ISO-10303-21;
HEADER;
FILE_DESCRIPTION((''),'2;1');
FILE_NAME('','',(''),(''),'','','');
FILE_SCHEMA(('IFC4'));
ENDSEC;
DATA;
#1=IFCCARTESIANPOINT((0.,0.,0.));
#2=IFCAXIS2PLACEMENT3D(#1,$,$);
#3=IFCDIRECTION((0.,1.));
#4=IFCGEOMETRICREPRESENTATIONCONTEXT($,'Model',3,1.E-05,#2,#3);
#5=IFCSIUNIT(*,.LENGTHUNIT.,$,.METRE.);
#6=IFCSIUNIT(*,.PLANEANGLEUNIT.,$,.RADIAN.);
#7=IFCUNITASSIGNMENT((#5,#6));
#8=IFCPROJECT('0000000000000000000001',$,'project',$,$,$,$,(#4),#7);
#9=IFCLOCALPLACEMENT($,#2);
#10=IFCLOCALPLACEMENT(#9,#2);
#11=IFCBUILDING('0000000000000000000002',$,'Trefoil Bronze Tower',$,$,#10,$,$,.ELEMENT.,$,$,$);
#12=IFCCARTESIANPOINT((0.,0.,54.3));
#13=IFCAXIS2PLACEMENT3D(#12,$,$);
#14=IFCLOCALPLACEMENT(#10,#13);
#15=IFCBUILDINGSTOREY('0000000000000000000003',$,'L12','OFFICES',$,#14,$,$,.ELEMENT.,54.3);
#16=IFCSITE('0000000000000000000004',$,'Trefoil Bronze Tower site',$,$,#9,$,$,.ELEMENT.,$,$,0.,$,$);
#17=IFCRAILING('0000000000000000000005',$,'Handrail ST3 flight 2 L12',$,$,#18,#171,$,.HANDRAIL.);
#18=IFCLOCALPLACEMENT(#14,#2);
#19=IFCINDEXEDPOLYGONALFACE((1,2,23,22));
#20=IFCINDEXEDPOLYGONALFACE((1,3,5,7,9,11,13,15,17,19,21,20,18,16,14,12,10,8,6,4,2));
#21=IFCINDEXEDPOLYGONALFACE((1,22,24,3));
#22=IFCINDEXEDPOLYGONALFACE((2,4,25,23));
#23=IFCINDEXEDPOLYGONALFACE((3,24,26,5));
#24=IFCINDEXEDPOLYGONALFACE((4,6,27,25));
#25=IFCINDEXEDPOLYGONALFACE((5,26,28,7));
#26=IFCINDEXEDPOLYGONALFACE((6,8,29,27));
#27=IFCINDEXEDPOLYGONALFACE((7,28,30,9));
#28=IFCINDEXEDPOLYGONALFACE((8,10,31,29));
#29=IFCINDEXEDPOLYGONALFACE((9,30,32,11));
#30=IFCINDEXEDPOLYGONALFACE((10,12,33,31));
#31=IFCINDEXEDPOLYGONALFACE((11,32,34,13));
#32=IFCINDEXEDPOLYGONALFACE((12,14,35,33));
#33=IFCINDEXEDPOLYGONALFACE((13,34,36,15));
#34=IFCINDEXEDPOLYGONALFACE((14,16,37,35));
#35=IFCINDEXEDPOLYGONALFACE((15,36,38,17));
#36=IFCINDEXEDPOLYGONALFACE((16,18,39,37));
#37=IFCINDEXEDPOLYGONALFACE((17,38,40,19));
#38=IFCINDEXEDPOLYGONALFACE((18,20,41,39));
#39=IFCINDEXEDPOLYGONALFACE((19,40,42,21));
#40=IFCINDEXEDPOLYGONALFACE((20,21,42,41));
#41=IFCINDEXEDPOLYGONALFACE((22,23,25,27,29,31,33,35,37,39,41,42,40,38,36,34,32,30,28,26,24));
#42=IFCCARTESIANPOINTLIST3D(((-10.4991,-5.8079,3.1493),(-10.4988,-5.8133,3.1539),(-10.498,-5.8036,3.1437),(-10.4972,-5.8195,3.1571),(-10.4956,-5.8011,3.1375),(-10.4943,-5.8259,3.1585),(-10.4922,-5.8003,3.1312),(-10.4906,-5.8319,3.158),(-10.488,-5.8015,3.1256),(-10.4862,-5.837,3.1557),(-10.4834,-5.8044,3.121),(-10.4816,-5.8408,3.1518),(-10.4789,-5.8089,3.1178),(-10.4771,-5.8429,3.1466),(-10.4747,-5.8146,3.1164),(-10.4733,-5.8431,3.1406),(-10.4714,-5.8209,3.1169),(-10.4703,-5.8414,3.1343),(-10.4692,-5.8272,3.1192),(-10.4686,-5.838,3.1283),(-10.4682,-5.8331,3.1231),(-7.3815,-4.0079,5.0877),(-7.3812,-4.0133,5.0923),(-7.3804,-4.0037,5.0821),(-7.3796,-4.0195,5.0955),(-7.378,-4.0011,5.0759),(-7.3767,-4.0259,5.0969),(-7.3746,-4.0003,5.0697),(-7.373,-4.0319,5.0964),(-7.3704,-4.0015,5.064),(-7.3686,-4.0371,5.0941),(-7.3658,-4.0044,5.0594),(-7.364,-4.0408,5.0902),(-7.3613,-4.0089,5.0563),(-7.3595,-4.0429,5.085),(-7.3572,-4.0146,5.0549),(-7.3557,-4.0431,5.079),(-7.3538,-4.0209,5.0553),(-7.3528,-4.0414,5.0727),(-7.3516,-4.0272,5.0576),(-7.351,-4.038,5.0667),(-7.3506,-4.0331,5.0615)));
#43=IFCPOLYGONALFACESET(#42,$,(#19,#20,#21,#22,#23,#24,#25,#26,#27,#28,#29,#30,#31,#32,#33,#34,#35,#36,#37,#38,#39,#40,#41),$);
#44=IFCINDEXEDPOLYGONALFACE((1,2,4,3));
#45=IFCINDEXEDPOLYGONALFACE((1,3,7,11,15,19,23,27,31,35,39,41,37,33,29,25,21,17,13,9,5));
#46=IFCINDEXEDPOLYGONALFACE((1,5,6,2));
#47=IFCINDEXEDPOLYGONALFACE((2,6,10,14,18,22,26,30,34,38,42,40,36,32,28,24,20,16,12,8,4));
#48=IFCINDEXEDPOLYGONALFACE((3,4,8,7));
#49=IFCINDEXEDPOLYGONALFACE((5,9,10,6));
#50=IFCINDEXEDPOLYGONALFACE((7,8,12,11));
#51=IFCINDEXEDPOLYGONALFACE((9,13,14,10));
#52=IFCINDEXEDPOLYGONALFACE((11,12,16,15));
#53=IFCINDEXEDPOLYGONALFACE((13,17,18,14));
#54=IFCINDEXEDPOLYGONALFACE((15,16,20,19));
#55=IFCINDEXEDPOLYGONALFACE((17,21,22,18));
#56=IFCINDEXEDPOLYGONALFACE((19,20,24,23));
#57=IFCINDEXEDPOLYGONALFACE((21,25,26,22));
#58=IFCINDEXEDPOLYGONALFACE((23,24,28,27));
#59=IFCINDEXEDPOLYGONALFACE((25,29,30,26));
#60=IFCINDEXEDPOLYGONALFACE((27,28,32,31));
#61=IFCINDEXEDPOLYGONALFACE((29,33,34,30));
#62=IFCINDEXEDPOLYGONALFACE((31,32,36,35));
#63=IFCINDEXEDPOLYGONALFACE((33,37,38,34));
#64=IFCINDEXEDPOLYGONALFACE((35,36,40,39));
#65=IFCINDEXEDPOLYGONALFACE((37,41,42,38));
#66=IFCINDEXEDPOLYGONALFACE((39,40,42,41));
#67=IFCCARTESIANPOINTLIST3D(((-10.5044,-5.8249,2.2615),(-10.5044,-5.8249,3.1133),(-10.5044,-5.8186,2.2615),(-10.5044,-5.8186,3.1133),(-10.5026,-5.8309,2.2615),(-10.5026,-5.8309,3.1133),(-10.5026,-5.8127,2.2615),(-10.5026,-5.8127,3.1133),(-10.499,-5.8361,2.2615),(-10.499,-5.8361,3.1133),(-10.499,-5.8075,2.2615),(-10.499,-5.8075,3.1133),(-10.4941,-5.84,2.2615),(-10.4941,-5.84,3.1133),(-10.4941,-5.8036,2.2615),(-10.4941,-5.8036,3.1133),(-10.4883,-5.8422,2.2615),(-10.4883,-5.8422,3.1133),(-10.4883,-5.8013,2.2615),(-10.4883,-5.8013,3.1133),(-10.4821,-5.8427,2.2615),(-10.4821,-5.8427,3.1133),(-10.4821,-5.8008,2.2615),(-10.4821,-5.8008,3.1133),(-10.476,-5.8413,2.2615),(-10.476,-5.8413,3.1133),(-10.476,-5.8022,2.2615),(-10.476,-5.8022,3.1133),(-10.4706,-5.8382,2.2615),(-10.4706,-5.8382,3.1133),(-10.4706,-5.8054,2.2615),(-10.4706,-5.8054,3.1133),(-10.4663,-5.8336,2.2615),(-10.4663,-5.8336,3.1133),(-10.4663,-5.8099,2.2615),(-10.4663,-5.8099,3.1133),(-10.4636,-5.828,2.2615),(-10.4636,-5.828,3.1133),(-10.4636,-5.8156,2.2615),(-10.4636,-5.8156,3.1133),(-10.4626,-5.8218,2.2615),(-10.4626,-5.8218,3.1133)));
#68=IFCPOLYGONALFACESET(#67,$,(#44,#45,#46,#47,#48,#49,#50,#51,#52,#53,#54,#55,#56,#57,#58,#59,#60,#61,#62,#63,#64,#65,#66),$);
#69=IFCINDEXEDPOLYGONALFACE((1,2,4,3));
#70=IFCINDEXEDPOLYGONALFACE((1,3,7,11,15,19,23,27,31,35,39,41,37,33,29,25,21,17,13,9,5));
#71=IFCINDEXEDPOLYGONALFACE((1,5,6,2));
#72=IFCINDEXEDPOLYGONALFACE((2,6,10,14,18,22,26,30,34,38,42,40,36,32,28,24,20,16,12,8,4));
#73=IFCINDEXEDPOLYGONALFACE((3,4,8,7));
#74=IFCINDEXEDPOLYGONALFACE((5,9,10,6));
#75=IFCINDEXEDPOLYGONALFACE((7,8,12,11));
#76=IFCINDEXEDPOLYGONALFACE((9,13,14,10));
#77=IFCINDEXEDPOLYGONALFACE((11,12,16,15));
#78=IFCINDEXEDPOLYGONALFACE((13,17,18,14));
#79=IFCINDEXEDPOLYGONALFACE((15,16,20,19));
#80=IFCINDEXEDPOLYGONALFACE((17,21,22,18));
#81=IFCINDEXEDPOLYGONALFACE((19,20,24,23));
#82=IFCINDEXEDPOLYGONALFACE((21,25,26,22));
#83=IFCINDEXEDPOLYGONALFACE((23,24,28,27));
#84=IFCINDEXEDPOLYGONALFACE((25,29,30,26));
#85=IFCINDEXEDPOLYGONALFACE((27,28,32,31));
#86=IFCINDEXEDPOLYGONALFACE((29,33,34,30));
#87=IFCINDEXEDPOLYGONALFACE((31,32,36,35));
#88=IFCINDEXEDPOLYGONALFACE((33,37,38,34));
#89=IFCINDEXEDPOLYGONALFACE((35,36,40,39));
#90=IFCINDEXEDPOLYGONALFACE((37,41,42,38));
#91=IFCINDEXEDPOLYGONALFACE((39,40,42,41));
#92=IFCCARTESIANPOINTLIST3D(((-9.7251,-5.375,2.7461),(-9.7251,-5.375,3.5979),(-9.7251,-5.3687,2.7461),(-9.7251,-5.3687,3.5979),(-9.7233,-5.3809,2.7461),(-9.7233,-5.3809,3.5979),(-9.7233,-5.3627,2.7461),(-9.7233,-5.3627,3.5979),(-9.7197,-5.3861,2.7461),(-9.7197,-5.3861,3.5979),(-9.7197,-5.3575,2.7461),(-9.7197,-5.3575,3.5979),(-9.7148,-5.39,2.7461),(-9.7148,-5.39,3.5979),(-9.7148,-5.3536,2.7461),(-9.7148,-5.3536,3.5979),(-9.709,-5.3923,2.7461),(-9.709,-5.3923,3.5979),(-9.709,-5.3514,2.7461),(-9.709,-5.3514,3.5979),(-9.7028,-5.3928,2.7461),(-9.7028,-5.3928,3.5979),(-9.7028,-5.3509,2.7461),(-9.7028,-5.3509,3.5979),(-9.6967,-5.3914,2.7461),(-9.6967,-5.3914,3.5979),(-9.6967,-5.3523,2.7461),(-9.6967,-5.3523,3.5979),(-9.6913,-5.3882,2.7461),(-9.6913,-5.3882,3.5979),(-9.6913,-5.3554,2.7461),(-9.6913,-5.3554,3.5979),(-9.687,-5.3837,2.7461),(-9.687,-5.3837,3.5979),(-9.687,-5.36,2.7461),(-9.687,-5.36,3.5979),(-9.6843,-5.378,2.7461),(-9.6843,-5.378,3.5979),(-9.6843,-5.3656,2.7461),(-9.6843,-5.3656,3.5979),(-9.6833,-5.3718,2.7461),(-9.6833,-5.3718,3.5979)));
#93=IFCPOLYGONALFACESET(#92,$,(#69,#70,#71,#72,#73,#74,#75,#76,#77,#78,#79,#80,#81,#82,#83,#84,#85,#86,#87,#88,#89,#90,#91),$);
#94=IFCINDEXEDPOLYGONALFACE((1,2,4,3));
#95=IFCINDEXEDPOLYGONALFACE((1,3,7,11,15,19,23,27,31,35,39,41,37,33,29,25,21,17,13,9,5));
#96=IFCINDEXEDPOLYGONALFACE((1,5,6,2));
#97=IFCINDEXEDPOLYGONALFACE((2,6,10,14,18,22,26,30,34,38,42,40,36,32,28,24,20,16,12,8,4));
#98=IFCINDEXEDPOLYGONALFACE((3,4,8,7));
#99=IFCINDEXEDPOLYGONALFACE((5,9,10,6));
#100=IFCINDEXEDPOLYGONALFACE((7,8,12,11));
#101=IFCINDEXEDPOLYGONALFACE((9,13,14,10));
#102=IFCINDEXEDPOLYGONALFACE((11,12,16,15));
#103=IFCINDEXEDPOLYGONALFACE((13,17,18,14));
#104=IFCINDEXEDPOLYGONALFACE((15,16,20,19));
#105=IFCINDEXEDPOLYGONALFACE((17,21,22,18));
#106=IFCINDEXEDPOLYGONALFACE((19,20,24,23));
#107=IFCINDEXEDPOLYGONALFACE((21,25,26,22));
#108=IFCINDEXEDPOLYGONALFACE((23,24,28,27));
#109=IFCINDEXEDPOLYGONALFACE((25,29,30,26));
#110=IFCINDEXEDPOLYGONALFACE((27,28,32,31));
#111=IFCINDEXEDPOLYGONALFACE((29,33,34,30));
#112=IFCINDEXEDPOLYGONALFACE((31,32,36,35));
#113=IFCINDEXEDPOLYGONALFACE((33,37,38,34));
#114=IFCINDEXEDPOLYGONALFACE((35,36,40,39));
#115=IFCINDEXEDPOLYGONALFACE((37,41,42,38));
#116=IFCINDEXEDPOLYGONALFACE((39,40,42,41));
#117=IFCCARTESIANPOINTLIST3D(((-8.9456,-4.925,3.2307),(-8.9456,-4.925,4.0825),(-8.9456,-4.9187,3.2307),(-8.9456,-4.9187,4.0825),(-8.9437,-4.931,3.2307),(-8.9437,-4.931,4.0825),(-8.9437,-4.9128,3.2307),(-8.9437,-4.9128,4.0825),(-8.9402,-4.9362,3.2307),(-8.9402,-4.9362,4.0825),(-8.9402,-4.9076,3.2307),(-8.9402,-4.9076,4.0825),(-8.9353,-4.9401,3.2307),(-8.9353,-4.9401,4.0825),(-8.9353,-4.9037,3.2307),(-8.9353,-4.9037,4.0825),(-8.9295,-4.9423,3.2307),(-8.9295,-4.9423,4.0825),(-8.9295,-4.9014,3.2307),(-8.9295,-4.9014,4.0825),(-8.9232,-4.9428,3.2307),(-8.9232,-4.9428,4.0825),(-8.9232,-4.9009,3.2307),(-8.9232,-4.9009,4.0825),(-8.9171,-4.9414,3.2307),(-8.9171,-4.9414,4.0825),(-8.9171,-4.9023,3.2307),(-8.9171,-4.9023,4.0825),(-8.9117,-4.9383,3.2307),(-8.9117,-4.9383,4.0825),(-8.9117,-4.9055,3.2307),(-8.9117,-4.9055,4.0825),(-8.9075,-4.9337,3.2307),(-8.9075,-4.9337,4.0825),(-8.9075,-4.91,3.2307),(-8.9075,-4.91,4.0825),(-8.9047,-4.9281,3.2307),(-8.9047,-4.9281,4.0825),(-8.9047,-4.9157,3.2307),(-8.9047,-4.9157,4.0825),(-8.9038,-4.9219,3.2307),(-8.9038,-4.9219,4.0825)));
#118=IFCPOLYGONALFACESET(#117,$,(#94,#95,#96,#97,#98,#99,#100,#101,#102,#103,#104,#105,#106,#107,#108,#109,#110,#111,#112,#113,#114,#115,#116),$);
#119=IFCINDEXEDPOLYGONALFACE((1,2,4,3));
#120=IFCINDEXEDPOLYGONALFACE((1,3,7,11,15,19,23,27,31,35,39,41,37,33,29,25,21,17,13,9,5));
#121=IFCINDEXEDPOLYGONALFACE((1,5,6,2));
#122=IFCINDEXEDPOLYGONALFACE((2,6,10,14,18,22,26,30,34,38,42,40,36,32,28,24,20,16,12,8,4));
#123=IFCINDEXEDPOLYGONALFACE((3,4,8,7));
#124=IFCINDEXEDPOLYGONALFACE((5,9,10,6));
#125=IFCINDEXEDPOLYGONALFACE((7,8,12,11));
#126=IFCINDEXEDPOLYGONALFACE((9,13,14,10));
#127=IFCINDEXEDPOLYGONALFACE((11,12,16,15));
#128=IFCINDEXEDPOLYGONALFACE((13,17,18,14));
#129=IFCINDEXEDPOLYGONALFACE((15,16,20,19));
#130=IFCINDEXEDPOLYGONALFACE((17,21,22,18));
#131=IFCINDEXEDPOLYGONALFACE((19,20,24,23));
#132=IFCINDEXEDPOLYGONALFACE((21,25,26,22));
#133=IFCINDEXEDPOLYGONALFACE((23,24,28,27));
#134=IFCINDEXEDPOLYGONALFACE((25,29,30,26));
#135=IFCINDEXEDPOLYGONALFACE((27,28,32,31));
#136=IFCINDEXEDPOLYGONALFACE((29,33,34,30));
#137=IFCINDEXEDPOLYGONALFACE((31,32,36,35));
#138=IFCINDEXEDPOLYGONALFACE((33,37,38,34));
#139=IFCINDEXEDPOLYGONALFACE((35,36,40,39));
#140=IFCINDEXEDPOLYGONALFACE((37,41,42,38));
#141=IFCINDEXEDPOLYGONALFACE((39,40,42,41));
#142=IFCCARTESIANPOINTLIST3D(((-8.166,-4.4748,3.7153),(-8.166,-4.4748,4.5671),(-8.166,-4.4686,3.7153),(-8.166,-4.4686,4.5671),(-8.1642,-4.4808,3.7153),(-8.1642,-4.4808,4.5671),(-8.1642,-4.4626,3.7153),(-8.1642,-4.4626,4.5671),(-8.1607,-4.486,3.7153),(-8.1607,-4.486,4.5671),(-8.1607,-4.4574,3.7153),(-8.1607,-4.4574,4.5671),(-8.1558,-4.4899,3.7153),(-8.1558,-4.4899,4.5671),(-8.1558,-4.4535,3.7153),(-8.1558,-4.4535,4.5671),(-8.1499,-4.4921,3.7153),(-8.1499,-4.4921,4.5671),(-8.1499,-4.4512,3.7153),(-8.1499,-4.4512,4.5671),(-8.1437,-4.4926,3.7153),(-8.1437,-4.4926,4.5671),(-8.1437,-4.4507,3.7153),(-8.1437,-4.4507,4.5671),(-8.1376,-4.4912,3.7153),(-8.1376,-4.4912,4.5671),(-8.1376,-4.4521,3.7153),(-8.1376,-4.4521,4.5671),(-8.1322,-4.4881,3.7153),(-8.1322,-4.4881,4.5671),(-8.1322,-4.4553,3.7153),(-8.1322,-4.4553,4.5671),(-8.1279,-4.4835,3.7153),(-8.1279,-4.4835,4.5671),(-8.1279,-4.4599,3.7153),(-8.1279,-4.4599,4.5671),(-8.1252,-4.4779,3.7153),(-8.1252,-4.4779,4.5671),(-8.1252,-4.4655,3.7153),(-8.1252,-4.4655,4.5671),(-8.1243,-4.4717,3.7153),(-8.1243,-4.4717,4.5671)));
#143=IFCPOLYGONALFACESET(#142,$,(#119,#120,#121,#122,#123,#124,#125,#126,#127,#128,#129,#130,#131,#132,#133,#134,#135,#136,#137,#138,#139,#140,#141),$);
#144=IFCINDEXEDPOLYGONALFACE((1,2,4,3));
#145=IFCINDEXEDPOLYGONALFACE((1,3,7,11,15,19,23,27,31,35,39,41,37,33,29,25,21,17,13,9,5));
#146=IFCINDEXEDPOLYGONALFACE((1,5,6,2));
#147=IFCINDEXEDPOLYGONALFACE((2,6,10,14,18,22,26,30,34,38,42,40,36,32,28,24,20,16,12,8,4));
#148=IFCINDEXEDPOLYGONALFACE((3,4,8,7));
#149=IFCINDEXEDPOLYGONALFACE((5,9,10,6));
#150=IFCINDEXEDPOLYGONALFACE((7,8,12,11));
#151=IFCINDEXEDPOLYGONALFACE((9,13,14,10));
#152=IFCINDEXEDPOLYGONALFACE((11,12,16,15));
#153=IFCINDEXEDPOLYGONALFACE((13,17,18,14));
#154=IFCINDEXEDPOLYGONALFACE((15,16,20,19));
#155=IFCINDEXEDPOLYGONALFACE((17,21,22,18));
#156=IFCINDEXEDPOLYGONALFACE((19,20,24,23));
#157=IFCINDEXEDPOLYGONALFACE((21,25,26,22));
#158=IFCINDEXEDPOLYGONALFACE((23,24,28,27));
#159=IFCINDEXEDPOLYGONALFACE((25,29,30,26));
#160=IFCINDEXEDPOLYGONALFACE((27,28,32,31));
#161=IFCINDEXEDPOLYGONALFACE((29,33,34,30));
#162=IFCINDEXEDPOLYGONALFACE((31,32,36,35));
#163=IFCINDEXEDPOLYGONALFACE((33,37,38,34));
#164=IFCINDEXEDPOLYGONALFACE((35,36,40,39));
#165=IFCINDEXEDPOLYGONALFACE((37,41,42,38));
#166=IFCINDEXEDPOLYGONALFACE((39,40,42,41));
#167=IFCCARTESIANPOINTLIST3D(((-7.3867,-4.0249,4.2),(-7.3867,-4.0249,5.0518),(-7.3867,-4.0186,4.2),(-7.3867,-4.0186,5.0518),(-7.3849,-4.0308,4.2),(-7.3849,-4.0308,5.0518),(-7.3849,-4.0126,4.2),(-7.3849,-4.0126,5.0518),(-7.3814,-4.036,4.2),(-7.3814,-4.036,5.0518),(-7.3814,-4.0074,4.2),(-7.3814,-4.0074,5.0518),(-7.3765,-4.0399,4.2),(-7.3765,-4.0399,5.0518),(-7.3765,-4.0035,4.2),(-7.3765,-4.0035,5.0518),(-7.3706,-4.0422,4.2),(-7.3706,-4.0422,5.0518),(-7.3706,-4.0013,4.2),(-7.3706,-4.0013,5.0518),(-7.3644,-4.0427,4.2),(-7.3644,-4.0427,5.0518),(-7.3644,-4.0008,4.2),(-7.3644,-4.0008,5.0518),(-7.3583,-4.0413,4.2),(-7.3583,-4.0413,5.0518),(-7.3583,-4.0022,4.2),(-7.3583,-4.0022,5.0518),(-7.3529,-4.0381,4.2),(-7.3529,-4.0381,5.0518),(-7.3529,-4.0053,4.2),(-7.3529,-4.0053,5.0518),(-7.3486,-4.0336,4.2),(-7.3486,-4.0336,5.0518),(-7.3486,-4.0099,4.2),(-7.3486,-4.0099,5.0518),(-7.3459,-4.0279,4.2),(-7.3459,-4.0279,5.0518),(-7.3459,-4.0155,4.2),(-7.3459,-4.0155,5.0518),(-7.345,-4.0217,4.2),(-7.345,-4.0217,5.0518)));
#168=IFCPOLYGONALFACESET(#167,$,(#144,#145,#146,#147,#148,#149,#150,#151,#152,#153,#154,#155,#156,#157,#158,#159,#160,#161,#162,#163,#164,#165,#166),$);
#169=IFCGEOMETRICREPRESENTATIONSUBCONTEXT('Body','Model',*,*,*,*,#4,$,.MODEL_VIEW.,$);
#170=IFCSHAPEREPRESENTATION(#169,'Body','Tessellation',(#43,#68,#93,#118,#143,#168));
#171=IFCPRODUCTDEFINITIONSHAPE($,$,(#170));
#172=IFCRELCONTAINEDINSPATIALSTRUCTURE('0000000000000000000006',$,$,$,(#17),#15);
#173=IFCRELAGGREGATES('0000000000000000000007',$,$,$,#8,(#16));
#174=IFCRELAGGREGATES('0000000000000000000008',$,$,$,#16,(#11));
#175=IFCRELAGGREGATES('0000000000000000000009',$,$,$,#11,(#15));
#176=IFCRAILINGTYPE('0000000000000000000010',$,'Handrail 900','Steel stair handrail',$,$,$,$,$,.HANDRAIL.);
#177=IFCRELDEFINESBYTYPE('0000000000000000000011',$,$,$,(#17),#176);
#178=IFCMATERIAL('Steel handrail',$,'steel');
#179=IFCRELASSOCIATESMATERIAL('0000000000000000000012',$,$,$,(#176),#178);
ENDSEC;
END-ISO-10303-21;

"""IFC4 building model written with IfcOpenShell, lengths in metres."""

from ifc_helpers import new_model, si_unit, direction, frame, origin, origin_2d, place, context, subcontext, project, spatial, circle, extrude, material, type_object, element, save


model = new_model("IFC4")

# Units and contexts
model_context = context("Model", 3, precision=1e-05, world=origin(), true_north=direction((0.0, 1.0)))
body_context = subcontext(model_context, "Body", "Model", "MODEL_VIEW")
ifc_project = project(units=[si_unit("LENGTHUNIT", "METRE"), si_unit("PLANEANGLEUNIT", "RADIAN")], contexts=[model_context])

# Site, building, storey
site_placement = place(None, origin())
site = spatial("IfcSite", under=ifc_project, at=site_placement, Name="Trefoil Bronze Tower site", CompositionType="ELEMENT", RefElevation=0.0)
building_placement = place(site_placement, origin())
building = spatial("IfcBuilding", under=site, at=building_placement, Name="Trefoil Bronze Tower", CompositionType="ELEMENT")
storey_placement = place(building_placement, frame((0.0, 0.0, 54.3)))
storey = spatial("IfcBuildingStorey", under=building, at=storey_placement, Name="L12", Description="OFFICES", CompositionType="ELEMENT", Elevation=54.3)

# Railing
ifc_material_1 = material(Name="Steel handrail", Category="steel")
railing_type = type_object("IfcRailingType", Name="Handrail 900", Description="Steel stair handrail", PredefinedType="HANDRAIL", material=ifc_material_1)
railing_1_placement = place(storey_placement, frame((-10.4836, -5.8218, 2.2615)))
element("IfcRailing", 1, at=railing_1_placement, inside=storey, type_object=railing_type, Name="Handrail ST3 flight 2 L12", PredefinedType="HANDRAIL", context=body_context, shape_type="SweptSolid", body=[
    extrude(circle(Radius=0.0239, at=origin_2d()), frame((0.0, 0.0, 0.876), z_axis=(0.762503, 0.440246, 0.474102), x_axis=(-0.500012, 0.866018, 0.0)), (0.0, 0.0, 1.0), 4.0886),
    extrude(circle(Radius=0.021, at=origin_2d()), origin(), (0.0, 0.0, 1.0), 0.8518),
    extrude(circle(Radius=0.021, at=origin_2d()), frame((0.7793, 0.45, 0.4846)), (0.0, 0.0, 1.0), 0.8518),
    extrude(circle(Radius=0.021, at=origin_2d()), frame((1.5588, 0.8999, 0.9692)), (0.0, 0.0, 1.0), 0.8518),
    extrude(circle(Radius=0.021, at=origin_2d()), frame((2.3384, 1.3501, 1.4539)), (0.0, 0.0, 1.0), 0.8518),
    extrude(circle(Radius=0.021, at=origin_2d()), frame((3.1177, 1.8, 1.9385)), (0.0, 0.0, 1.0), 0.8518),
])

save(model, "model.ifc")
